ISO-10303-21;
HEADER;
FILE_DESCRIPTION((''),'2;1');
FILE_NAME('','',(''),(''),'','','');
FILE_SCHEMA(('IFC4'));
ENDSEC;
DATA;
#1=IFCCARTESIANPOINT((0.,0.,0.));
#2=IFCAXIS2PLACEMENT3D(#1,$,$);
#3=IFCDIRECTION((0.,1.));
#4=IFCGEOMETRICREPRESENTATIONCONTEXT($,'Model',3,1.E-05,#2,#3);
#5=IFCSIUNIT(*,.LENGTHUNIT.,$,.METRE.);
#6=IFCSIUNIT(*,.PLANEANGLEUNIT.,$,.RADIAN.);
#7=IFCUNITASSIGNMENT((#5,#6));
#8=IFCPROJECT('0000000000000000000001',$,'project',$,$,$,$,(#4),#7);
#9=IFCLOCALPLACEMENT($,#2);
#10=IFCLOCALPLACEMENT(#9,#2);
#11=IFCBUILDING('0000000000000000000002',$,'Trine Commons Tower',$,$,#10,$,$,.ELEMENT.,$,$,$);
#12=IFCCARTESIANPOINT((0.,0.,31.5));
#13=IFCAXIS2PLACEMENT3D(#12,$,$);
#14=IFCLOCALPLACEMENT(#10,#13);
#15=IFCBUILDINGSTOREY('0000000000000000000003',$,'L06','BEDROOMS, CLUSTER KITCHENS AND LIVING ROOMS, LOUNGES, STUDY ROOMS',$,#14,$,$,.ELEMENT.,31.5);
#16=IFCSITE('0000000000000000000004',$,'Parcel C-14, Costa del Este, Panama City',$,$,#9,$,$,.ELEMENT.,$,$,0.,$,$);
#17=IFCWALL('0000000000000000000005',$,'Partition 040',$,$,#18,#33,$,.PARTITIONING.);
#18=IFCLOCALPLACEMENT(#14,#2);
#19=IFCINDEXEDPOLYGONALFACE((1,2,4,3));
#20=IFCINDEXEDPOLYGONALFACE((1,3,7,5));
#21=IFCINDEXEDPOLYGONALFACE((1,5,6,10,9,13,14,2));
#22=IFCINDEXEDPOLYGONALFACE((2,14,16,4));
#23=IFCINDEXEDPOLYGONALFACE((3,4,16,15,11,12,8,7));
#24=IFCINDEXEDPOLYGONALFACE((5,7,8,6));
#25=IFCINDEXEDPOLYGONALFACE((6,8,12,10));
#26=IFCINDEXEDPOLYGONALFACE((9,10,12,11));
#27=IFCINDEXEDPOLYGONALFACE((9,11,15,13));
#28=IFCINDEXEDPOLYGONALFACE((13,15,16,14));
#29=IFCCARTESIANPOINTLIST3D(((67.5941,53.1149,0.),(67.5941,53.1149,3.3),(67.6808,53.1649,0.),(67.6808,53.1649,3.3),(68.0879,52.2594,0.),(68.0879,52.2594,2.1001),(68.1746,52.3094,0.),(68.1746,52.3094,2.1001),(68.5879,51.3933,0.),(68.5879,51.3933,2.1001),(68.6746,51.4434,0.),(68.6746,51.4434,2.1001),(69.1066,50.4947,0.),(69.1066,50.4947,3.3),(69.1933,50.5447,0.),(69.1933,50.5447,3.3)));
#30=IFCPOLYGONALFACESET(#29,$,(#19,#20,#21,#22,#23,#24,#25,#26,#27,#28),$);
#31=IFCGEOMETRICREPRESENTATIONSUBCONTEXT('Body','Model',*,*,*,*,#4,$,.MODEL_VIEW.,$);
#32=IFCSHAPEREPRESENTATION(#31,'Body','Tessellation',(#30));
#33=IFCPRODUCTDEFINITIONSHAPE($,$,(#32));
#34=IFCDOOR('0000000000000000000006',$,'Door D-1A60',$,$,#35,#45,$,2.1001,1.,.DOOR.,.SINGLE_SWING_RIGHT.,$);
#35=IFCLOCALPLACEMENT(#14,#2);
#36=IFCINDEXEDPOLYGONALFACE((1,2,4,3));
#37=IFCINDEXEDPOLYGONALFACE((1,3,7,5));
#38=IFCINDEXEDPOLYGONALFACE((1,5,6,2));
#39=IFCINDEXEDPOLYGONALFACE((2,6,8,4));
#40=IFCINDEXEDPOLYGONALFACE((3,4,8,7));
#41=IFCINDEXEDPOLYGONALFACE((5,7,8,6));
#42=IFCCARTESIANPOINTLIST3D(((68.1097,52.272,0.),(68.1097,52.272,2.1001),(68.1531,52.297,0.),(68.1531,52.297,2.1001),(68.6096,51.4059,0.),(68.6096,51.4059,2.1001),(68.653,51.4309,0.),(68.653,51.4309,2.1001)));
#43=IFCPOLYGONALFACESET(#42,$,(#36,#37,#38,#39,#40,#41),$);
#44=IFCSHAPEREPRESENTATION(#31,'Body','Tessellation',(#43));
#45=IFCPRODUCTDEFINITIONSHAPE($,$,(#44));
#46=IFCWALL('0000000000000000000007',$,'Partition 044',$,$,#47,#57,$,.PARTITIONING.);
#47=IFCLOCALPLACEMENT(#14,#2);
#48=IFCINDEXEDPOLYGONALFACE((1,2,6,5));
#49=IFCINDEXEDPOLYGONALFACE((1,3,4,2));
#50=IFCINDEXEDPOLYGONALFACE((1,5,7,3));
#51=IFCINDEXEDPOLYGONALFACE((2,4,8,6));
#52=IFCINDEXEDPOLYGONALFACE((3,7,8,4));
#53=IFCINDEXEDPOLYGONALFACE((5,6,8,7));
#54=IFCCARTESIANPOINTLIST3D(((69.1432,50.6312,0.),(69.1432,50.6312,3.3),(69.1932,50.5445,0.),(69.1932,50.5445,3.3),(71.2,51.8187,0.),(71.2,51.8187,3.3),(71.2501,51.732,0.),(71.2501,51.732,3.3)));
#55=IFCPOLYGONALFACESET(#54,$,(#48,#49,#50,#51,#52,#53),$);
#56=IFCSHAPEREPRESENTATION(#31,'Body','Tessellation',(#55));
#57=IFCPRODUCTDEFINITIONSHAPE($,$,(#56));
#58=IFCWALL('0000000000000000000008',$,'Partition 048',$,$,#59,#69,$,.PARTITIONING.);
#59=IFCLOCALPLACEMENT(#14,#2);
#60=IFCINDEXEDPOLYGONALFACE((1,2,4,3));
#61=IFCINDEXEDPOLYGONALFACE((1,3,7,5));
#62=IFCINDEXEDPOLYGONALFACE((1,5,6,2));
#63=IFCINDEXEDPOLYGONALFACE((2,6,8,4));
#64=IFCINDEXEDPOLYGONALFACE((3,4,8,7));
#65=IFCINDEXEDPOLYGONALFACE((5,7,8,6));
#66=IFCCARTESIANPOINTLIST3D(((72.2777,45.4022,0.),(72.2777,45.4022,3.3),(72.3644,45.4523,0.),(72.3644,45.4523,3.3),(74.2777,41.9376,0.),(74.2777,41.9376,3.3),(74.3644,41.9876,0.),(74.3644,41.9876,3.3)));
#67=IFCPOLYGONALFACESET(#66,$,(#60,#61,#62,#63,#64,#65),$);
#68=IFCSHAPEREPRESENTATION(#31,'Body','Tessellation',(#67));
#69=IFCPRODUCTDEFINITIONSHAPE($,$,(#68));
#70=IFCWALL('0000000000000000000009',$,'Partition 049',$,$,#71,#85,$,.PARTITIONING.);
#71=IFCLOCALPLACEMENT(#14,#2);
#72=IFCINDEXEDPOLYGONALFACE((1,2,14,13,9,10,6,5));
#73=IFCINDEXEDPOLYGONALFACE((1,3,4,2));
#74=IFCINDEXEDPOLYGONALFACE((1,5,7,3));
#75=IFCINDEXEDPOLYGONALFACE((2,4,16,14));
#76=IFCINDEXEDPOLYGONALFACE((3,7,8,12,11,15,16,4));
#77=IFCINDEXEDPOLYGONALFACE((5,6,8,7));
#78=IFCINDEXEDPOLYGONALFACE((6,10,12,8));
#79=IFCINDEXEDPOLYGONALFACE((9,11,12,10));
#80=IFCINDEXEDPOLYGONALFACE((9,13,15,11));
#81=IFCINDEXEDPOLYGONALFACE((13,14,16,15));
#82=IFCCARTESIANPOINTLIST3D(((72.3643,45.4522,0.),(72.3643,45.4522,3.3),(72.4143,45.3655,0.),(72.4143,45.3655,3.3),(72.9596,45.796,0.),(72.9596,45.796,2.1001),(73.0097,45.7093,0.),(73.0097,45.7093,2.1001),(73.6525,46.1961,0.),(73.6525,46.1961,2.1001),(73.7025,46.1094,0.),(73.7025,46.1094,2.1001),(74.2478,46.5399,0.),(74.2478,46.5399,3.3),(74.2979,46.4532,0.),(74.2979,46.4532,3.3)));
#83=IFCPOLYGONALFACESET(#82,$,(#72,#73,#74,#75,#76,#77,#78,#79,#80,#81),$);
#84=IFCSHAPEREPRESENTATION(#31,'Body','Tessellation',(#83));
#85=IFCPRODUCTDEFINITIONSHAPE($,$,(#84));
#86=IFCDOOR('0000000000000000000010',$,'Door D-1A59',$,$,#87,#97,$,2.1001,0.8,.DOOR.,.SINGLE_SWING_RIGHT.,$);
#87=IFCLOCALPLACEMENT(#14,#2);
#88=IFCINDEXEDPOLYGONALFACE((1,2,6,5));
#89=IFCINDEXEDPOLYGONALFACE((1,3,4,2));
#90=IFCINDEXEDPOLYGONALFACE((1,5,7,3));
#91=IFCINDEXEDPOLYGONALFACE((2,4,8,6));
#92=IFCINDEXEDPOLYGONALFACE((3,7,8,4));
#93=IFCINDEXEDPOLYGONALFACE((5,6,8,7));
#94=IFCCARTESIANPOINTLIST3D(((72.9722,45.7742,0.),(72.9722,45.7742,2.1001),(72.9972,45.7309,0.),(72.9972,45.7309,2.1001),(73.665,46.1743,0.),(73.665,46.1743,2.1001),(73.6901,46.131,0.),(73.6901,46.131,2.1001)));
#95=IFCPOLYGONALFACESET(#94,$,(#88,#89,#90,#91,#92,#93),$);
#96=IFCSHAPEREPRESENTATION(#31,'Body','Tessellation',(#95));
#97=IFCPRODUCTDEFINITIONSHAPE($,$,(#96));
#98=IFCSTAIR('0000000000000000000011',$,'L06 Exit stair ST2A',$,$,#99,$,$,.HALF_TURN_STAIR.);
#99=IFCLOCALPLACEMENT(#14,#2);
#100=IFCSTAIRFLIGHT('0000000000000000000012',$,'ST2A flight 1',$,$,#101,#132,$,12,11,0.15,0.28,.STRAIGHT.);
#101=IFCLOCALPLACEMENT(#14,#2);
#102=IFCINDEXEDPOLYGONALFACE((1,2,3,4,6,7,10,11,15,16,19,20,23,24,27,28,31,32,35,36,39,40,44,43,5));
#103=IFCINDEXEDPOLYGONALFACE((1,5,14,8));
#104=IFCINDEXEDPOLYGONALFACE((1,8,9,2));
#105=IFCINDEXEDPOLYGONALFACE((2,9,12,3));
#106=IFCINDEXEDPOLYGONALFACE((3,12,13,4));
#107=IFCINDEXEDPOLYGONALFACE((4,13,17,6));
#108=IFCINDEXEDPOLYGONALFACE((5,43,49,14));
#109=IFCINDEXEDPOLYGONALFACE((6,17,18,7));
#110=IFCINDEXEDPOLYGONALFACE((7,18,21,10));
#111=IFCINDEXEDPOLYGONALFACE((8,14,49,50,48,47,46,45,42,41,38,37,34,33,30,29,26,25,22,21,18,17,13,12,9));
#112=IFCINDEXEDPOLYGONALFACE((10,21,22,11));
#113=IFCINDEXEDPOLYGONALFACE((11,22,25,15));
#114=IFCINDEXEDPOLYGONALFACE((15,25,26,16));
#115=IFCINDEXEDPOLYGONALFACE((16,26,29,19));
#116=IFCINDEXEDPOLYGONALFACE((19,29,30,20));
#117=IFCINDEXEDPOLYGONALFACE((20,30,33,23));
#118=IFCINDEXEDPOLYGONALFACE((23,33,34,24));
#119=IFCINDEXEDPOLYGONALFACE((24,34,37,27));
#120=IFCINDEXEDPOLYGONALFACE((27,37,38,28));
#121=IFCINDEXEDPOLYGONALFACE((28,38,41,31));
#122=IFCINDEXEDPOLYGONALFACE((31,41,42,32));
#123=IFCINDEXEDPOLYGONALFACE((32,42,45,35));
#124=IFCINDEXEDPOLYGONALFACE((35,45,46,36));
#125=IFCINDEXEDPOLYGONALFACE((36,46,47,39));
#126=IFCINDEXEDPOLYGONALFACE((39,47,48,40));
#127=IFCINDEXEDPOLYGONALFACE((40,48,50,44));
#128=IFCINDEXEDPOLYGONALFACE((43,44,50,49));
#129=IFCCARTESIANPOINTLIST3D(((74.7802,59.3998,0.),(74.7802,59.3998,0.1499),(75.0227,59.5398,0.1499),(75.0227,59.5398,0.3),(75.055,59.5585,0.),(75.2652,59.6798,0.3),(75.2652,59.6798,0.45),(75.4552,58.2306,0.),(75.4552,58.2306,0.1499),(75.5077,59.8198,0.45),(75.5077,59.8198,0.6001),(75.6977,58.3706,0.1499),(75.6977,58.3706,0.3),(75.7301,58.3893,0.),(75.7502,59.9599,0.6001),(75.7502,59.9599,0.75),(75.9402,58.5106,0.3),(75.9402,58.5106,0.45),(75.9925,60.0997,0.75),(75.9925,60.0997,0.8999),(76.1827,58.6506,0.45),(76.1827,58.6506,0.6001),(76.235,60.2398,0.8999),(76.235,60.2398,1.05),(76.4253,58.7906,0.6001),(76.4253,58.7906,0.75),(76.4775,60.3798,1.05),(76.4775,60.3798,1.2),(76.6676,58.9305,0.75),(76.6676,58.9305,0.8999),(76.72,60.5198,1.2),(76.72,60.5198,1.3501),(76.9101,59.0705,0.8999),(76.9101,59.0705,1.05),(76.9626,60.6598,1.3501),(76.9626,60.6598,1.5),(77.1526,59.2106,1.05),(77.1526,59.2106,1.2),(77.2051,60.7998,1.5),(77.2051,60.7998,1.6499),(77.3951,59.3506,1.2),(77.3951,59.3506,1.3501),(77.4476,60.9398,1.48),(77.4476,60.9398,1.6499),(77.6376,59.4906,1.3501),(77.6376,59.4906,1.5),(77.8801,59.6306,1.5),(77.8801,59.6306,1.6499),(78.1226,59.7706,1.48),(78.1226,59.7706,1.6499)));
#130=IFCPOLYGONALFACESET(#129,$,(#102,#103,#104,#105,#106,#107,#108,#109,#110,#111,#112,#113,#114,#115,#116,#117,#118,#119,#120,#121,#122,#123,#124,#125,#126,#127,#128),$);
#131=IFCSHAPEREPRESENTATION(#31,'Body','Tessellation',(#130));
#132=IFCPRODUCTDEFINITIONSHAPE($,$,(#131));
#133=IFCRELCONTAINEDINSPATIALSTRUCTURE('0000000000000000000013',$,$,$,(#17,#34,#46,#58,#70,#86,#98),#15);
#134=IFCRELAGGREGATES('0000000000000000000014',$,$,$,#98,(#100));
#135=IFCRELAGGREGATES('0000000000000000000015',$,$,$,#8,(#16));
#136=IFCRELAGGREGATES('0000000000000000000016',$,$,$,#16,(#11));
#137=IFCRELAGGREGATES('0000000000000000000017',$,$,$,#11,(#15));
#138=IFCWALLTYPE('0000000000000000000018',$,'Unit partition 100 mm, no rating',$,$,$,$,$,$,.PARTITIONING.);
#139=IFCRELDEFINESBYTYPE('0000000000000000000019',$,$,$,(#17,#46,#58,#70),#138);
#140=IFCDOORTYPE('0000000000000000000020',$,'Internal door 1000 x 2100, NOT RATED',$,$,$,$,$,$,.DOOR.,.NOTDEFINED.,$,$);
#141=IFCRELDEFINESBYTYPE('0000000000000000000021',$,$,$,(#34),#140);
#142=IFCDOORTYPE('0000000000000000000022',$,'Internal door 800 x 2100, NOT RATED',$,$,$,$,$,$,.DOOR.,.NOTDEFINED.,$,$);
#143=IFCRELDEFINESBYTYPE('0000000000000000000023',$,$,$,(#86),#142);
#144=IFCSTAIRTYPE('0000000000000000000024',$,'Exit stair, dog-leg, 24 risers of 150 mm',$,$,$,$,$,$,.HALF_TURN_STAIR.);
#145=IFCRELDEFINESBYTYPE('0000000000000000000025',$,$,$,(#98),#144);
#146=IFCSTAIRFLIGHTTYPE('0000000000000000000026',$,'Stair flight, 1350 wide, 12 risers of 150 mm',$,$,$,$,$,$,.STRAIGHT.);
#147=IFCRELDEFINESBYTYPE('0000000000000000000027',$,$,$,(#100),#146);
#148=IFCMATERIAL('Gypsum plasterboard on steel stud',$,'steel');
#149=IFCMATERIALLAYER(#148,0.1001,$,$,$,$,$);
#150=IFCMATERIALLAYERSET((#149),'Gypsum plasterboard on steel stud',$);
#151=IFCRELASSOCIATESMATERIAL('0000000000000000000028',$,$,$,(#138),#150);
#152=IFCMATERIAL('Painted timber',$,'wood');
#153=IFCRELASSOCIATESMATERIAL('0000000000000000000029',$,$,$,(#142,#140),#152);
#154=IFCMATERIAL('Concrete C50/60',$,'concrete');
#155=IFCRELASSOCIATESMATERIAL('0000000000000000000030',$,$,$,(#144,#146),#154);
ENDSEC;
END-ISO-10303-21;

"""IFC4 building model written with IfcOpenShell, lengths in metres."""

from ifc_helpers import new_model, si_unit, direction, frame, frame_2d, origin, place, context, subcontext, project, spatial, polyline, rectangle, outline, extrude, material, layer, layer_set, type_object, element, fill, aggregate, save


model = new_model("IFC4")

# Units and contexts
model_context = context("Model", 3, precision=1e-05, world=origin(), true_north=direction((0.0, 1.0)))
body_context = subcontext(model_context, "Body", "Model", "MODEL_VIEW")
ifc_project = project(units=[si_unit("LENGTHUNIT", "METRE"), si_unit("PLANEANGLEUNIT", "RADIAN")], contexts=[model_context])

# Site, building, storey
site_placement = place(None, origin())
site = spatial("IfcSite", under=ifc_project, at=site_placement, Name="Parcel C-14, Costa del Este, Panama City", CompositionType="ELEMENT", RefElevation=0.0)
building_placement = place(site_placement, origin())
building = spatial("IfcBuilding", under=site, at=building_placement, Name="Trine Commons Tower", CompositionType="ELEMENT")
storey_placement = place(building_placement, frame((0.0, 0.0, 31.5)))
storey = spatial("IfcBuildingStorey", under=building, at=storey_placement, Name="L06", Description="BEDROOMS, CLUSTER KITCHENS AND LIVING ROOMS, LOUNGES, STUDY ROOMS", CompositionType="ELEMENT", Elevation=31.5)

# Shared definitions
ifc_material_1 = material(Name="Concrete C50/60", Category="concrete")

# Shared definitions
ifc_material_2 = material(Name="Gypsum plasterboard on steel stud", Category="steel")

# Shared definitions
ifc_material_3 = material(Name="Painted timber", Category="wood")

# Shared definitions
ifc_layer_1 = layer(ifc_material_2, 0.1001)
ifc_layer_set_1 = layer_set([ifc_layer_1], Name="Gypsum plasterboard on steel stud")
wall_type_1 = type_object("IfcWallType", Name="Unit partition 100 mm, no rating", PredefinedType="PARTITIONING", material=ifc_layer_set_1)

# Wall, opening, door
door_type_1 = type_object("IfcDoorType", Name="Internal door 800 x 2100, NOT RATED", OperationType="NOTDEFINED", PredefinedType="DOOR", material=ifc_material_3)
wall_1_placement = place(storey_placement, frame((67.6375, 53.1399, 0.0), z_axis=(0.0, 0.0, 1.0), x_axis=(0.499932, -0.866065, 0.0)))
wall_1 = element("IfcWall", 1, at=wall_1_placement, inside=storey, type_object=wall_type_1, Name="Partition 040", PredefinedType="PARTITIONING", context=body_context, shape_type="SweptSolid", body=[
    extrude(rectangle(XDim=3.0254, YDim=0.1001, at=frame_2d((1.5127, 0.0))), origin(), (0.0, 0.0, 1.0), 3.3),
])
opening_1_placement = place(wall_1_placement, frame((0.9878, 0.0, 0.0)))
opening_1 = element("IfcOpeningElement", 2, at=opening_1_placement, cuts=wall_1, PredefinedType="OPENING", context=body_context, shape_type="SweptSolid", body=[
    extrude(rectangle(XDim=1.0, YDim=2.1001, at=frame_2d((0.5, 1.05))), frame((0.0, 0.0601, 0.0), z_axis=(0.0, -1.0, 0.0), x_axis=(1.0, 0.0, 0.0)), (0.0, 0.0, 1.0), 0.1201),
])
door_type_2 = type_object("IfcDoorType", Name="Internal door 1000 x 2100, NOT RATED", OperationType="NOTDEFINED", PredefinedType="DOOR", material=ifc_material_3)
door_1_placement = place(opening_1_placement, frame((1.0, 0.0, 0.0), z_axis=(0.0, 0.0, 1.0), x_axis=(-1.0, 0.0, 0.0)))
door_1 = element("IfcDoor", 3, at=door_1_placement, inside=storey, type_object=door_type_2, Name="Door D-1A60", OperationType="SINGLE_SWING_RIGHT", OverallHeight=2.1001, OverallWidth=1.0, PredefinedType="DOOR", context=body_context, shape_type="SweptSolid", body=[
    extrude(rectangle(XDim=1.0, YDim=2.1001, at=frame_2d((0.5, 1.05))), frame((0.0, 0.0249, 0.0), z_axis=(0.0, -1.0, 0.0), x_axis=(1.0, 0.0, 0.0)), (0.0, 0.0, 1.0), 0.05),
])
fill(opening_1, door_1)

# Walls
wall_2_placement = place(storey_placement, frame((69.1682, 50.5879, 0.0), z_axis=(0.0, 0.0, 1.0), x_axis=(0.866033, 0.499986, 0.0)))
element("IfcWall", 4, at=wall_2_placement, inside=storey, type_object=wall_type_1, Name="Partition 044", PredefinedType="PARTITIONING", context=body_context, shape_type="SweptSolid", body=[
    extrude(rectangle(XDim=2.375, YDim=0.1001, at=frame_2d((1.1875, 0.0))), origin(), (0.0, 0.0, 1.0), 3.3),
])
wall_3_placement = place(storey_placement, frame((72.321, 45.4272, 0.0), z_axis=(0.0, 0.0, 1.0), x_axis=(0.499946, -0.866057, 0.0)))
element("IfcWall", 5, at=wall_3_placement, inside=storey, type_object=wall_type_1, Name="Partition 048", PredefinedType="PARTITIONING", context=body_context, shape_type="SweptSolid", body=[
    extrude(rectangle(XDim=4.0005, YDim=0.1001, at=frame_2d((2.0002, 0.0))), origin(), (0.0, 0.0, 1.0), 3.3),
])

# Wall, opening, door
wall_4_placement = place(storey_placement, frame((72.3894, 45.4089, 0.0), z_axis=(0.0, 0.0, 1.0), x_axis=(0.865989, 0.500063, 0.0)))
wall_4 = element("IfcWall", 6, at=wall_4_placement, inside=storey, type_object=wall_type_1, Name="Partition 049", PredefinedType="PARTITIONING", context=body_context, shape_type="SweptSolid", body=[
    extrude(rectangle(XDim=2.175, YDim=0.1001, at=frame_2d((1.0874, 0.0))), origin(), (0.0, 0.0, 1.0), 3.3),
])
opening_2_placement = place(wall_4_placement, frame((0.6875, 0.0, 0.0)))
opening_2 = element("IfcOpeningElement", 7, at=opening_2_placement, cuts=wall_4, PredefinedType="OPENING", context=body_context, shape_type="SweptSolid", body=[
    extrude(rectangle(XDim=0.8, YDim=2.1001, at=frame_2d((0.3999, 1.05))), frame((0.0, 0.0601, 0.0), z_axis=(0.0, -1.0, 0.0), x_axis=(1.0, 0.0, 0.0)), (0.0, 0.0, 1.0), 0.1201),
])
door_2_placement = place(opening_2_placement, origin())
door_2 = element("IfcDoor", 8, at=door_2_placement, inside=storey, type_object=door_type_1, Name="Door D-1A59", OperationType="SINGLE_SWING_RIGHT", OverallHeight=2.1001, OverallWidth=0.8, PredefinedType="DOOR", context=body_context, shape_type="SweptSolid", body=[
    extrude(rectangle(XDim=0.8, YDim=2.1001, at=frame_2d((0.3999, 1.05))), frame((0.0, 0.0249, 0.0), z_axis=(0.0, -1.0, 0.0), x_axis=(1.0, 0.0, 0.0)), (0.0, 0.0, 1.0), 0.05),
])
fill(opening_2, door_2)

# Stair, stair flight
stair_type = type_object("IfcStairType", Name="Exit stair, dog-leg, 24 risers of 150 mm", PredefinedType="HALF_TURN_STAIR", material=ifc_material_1)
stair_placement = place(storey_placement, origin())
stair = element("IfcStair", 9, at=stair_placement, inside=storey, type_object=stair_type, Name="L06 Exit stair ST2A", PredefinedType="HALF_TURN_STAIR")
stair_flight_type = type_object("IfcStairFlightType", Name="Stair flight, 1350 wide, 12 risers of 150 mm", PredefinedType="STRAIGHT", material=ifc_material_1)
stair_flight_placement = place(storey_placement, frame((75.1177, 58.8152, 0.0), z_axis=(0.0, 0.0, 1.0), x_axis=(0.866025, 0.5, 0.0)))
stair_flight = element("IfcStairFlight", 10, at=stair_flight_placement, type_object=stair_flight_type, Name="ST2A flight 1", NumberOfRisers=12, NumberOfTreads=11, PredefinedType="STRAIGHT", RiserHeight=0.15, TreadLength=0.28, context=body_context, shape_type="SweptSolid", body=[
    extrude(outline(polyline([(0.0, 0.0), (0.0, 0.1499), (0.28, 0.1499), (0.28, 0.3), (0.5601, 0.3), (0.5601, 0.45), (0.8401, 0.45), (0.8401, 0.6001), (1.1201, 0.6001), (1.1201, 0.75), (1.3999, 0.75), (1.3999, 0.8999), (1.6799, 0.8999), (1.6799, 1.05), (1.96, 1.05), (1.96, 1.2), (2.24, 1.2), (2.24, 1.3501), (2.52, 1.3501), (2.52, 1.5), (2.8, 1.5), (2.8, 1.6499), (3.0801, 1.6499), (3.0801, 1.8), (3.0801, 1.48), (0.3174, 0.0), (0.0, 0.0)])), frame((0.0, 0.675, 0.0), z_axis=(0.0, -1.0, 0.0), x_axis=(1.0, 0.0, 0.0)), (0.0, 0.0, 1.0), 1.3501),
])
aggregate(stair, [stair_flight])

save(model, "model.ifc")
